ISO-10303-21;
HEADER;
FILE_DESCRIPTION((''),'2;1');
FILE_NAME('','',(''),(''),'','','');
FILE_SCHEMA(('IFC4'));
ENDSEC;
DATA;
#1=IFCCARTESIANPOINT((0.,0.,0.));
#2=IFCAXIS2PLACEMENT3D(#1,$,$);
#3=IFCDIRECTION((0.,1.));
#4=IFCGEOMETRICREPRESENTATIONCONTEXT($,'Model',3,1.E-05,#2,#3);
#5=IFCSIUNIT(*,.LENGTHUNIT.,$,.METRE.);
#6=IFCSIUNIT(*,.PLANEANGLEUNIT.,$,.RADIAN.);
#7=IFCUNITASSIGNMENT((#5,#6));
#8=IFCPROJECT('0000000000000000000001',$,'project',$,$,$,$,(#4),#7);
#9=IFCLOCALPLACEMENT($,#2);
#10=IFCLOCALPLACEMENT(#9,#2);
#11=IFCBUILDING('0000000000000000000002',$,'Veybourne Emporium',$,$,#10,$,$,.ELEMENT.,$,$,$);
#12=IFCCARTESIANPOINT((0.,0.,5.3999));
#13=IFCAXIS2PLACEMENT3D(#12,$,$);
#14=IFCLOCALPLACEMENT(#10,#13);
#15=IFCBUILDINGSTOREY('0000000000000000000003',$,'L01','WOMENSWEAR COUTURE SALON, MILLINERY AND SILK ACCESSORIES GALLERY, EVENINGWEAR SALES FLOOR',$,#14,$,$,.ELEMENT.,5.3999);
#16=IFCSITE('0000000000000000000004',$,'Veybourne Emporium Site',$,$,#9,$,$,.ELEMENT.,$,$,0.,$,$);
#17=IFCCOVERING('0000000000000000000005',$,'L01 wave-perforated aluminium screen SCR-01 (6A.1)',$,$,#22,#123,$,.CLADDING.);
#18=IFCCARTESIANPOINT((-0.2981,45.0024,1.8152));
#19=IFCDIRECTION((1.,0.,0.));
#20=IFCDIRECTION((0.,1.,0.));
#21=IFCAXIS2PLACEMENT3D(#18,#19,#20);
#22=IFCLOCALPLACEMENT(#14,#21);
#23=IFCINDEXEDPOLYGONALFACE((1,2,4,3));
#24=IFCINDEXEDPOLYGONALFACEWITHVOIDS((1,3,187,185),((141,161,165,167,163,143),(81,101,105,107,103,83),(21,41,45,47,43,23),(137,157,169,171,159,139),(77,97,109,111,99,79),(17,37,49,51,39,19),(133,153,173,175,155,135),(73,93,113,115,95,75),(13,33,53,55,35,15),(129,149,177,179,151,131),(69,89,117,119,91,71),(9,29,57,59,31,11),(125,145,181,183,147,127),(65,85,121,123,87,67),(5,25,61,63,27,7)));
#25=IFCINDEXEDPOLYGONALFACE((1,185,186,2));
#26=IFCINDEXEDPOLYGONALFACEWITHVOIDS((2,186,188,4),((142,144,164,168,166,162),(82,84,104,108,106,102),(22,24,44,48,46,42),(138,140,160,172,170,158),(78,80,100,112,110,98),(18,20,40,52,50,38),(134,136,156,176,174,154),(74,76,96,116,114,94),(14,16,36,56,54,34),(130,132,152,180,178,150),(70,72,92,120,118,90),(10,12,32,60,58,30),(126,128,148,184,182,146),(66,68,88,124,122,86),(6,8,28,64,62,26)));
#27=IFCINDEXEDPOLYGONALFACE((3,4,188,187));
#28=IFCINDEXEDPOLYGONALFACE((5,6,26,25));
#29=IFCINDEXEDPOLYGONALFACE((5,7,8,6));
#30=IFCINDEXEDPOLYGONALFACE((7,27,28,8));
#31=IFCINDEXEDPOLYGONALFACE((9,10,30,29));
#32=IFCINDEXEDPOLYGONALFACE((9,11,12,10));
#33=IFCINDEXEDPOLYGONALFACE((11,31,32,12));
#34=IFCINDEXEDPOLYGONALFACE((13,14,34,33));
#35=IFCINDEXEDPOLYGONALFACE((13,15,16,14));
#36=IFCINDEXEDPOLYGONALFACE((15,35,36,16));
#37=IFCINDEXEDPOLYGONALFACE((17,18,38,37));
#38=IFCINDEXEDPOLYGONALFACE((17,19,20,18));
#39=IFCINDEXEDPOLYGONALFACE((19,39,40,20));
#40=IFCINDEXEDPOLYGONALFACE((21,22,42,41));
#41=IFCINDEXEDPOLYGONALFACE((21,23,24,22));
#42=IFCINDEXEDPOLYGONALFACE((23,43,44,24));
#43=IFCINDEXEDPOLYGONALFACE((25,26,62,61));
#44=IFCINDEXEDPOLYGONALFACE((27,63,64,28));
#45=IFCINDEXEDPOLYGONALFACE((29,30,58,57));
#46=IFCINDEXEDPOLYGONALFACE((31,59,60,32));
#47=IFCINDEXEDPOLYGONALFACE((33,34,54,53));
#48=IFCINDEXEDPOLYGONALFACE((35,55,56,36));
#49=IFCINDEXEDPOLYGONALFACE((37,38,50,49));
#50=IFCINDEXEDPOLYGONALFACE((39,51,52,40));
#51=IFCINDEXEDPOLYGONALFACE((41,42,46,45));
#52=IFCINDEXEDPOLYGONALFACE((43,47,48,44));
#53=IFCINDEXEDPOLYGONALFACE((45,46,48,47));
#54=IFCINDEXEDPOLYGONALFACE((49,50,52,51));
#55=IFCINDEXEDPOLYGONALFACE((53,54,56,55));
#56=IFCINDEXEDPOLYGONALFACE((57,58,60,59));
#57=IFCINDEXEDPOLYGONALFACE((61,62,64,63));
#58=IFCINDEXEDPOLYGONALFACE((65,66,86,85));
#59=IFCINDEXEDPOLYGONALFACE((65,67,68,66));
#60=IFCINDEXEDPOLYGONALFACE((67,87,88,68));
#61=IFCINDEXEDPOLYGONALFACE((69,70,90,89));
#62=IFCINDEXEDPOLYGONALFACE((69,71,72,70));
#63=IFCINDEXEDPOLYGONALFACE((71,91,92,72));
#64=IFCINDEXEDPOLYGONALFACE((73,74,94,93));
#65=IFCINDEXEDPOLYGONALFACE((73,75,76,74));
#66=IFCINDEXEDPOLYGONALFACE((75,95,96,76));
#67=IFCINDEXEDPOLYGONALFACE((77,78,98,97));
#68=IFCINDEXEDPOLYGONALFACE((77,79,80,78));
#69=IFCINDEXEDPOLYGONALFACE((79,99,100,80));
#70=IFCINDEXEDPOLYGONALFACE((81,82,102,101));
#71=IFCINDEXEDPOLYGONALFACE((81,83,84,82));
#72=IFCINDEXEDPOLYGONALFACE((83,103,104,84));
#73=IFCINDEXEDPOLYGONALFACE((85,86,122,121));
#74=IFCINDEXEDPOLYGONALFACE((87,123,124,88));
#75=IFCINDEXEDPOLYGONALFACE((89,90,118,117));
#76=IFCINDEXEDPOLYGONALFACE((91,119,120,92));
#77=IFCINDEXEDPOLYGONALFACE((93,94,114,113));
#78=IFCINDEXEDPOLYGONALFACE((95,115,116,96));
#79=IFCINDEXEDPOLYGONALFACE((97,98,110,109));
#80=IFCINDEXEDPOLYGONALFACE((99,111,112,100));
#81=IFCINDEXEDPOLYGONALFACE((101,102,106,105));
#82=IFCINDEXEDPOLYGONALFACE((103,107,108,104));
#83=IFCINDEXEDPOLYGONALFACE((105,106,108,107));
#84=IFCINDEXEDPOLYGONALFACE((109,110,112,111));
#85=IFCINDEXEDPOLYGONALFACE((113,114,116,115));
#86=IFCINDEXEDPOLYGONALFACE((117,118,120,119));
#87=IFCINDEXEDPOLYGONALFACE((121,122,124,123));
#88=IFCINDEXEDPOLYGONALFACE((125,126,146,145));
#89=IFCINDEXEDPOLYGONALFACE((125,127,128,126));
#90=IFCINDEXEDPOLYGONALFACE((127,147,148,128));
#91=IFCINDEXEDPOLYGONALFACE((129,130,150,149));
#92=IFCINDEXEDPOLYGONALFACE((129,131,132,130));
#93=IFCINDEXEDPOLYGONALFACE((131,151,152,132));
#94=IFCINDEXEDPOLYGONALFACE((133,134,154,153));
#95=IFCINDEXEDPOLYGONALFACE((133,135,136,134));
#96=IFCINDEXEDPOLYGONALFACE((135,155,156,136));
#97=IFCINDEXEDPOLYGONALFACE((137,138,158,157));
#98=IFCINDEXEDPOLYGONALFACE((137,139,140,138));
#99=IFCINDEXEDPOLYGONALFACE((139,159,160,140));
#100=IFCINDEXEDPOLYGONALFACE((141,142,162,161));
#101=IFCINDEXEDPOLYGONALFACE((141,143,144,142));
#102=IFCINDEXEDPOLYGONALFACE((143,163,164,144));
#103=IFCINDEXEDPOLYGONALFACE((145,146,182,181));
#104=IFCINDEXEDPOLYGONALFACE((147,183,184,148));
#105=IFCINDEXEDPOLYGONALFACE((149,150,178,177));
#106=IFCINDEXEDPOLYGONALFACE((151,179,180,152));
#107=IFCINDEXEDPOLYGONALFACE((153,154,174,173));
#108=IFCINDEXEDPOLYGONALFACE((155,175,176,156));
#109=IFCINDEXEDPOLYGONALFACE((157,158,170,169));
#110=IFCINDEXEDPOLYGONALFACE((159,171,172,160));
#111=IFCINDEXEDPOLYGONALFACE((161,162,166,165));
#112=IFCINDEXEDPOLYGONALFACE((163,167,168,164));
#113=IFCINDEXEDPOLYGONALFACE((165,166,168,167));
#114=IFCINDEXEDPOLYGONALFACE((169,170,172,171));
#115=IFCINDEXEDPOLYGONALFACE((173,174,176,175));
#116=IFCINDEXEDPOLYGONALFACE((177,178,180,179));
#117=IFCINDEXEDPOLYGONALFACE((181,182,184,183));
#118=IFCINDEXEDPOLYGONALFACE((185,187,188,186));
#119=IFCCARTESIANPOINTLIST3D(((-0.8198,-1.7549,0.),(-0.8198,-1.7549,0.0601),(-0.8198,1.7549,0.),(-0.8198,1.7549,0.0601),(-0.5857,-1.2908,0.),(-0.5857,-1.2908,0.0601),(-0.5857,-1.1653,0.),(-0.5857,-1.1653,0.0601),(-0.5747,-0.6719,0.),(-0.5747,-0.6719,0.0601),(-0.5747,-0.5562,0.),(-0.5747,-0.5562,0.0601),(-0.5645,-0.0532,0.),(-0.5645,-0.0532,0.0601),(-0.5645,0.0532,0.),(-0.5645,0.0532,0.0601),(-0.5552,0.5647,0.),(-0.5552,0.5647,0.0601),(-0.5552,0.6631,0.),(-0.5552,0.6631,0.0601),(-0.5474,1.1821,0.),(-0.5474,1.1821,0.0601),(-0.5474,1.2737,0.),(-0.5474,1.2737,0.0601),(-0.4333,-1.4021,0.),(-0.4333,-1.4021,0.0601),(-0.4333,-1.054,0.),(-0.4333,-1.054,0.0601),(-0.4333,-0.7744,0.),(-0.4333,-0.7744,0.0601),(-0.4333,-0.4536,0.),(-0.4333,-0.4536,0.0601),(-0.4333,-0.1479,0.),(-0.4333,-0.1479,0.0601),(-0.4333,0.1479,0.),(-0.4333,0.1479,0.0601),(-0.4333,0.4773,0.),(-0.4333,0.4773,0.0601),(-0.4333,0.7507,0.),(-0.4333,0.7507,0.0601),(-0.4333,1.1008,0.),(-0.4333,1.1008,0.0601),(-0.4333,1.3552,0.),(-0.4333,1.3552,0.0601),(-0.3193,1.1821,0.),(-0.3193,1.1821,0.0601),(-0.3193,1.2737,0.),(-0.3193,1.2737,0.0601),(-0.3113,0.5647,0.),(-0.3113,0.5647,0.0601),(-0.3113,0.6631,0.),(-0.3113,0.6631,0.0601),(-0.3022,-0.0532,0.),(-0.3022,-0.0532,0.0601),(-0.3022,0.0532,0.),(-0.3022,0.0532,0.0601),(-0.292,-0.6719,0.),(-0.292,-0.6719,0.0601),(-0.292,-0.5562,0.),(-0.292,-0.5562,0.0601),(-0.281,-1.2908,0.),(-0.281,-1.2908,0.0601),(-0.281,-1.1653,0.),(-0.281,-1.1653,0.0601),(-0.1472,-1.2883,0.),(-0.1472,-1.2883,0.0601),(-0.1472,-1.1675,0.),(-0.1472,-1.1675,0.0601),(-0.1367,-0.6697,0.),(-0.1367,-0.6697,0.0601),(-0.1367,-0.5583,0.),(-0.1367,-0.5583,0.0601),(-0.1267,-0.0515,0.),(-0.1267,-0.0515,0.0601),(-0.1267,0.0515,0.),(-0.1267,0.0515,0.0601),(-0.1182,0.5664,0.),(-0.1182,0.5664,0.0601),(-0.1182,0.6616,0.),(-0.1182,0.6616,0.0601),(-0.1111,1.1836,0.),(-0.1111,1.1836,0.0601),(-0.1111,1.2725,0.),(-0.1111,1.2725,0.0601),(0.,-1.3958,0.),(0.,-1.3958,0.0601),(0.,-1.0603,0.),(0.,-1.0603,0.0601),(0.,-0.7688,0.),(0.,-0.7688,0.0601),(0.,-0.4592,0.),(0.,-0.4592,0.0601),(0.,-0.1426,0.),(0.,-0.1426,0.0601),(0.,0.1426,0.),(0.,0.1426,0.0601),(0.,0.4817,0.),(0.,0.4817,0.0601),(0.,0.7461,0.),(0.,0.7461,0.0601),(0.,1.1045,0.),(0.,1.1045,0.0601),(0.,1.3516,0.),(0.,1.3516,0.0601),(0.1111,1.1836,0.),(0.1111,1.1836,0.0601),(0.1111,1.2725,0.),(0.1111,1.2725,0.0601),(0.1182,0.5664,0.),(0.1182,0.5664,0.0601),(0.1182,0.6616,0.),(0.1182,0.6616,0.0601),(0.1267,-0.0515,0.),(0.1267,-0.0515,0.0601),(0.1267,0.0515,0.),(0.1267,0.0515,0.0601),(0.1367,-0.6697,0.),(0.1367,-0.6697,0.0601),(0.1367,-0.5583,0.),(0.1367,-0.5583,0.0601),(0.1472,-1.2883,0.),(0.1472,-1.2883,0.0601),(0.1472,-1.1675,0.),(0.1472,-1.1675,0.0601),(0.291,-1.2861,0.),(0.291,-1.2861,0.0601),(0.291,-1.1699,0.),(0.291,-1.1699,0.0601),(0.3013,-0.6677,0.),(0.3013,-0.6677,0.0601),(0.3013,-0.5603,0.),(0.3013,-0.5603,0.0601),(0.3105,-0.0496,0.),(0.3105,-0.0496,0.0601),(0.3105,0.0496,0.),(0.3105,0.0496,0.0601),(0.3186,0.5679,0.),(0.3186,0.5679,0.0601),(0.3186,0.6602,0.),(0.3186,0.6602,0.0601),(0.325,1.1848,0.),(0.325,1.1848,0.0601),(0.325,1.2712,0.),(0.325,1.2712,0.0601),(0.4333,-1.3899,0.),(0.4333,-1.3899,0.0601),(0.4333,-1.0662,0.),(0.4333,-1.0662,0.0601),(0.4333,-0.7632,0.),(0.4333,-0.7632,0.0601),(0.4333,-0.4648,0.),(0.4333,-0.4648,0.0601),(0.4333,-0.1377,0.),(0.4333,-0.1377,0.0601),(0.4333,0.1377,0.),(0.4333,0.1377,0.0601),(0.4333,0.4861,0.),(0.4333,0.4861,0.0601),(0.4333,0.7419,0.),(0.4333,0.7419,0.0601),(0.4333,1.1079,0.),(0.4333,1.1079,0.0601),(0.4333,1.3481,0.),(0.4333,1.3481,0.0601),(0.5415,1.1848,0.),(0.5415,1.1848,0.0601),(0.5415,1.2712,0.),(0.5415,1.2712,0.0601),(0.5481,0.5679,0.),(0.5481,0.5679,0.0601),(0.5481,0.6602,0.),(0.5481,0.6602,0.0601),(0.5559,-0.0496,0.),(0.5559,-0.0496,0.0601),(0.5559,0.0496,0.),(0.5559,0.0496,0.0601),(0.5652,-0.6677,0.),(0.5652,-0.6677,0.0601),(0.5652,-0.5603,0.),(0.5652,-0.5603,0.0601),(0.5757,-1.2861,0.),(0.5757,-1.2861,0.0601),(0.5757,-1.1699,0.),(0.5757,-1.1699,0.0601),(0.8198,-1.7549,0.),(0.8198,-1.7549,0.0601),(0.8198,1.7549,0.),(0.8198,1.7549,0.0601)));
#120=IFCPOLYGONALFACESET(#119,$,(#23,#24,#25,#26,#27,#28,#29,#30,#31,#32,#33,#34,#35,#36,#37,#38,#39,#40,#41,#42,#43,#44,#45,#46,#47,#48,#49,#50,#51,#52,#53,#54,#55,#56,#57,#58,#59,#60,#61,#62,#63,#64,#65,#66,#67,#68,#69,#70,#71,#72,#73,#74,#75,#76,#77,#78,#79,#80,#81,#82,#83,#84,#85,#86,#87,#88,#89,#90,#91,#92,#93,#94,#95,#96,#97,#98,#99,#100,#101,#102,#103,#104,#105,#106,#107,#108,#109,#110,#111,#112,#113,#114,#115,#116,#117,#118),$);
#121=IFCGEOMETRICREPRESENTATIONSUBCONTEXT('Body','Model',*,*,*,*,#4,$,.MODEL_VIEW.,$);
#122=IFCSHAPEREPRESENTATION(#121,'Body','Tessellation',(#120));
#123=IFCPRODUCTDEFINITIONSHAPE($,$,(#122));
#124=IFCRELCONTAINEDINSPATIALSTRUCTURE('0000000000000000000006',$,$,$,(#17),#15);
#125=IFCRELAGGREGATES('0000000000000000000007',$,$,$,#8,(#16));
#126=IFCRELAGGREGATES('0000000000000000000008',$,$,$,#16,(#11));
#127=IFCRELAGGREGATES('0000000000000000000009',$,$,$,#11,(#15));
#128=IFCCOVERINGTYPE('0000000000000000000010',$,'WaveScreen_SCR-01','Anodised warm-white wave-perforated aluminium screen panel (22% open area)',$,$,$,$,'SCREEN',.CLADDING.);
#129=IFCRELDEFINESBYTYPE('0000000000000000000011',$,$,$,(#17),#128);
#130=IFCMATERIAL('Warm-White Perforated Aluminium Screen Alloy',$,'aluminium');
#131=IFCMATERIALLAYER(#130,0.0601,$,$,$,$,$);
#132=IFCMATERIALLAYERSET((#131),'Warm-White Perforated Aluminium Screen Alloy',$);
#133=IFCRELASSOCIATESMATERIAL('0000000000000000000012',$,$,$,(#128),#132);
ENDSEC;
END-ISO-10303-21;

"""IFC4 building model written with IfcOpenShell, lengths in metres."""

from ifc_helpers import new_model, si_unit, direction, frame, origin, place, context, subcontext, project, spatial, polyline, outline, extrude, material, layer, layer_set, type_object, element, save


model = new_model("IFC4")

# Units and contexts
model_context = context("Model", 3, precision=1e-05, world=origin(), true_north=direction((0.0, 1.0)))
body_context = subcontext(model_context, "Body", "Model", "MODEL_VIEW")
ifc_project = project(units=[si_unit("LENGTHUNIT", "METRE"), si_unit("PLANEANGLEUNIT", "RADIAN")], contexts=[model_context])

# Site, building, storey
site_placement = place(None, origin())
site = spatial("IfcSite", under=ifc_project, at=site_placement, Name="Veybourne Emporium Site", CompositionType="ELEMENT", RefElevation=0.0)
building_placement = place(site_placement, origin())
building = spatial("IfcBuilding", under=site, at=building_placement, Name="Veybourne Emporium", CompositionType="ELEMENT")
storey_placement = place(building_placement, frame((0.0, 0.0, 5.3999)))
storey = spatial("IfcBuildingStorey", under=building, at=storey_placement, Name="L01", Description="WOMENSWEAR COUTURE SALON, MILLINERY AND SILK ACCESSORIES GALLERY, EVENINGWEAR SALES FLOOR", CompositionType="ELEMENT", Elevation=5.3999)

# Covering
ifc_material_1 = material(Name="Warm-White Perforated Aluminium Screen Alloy", Category="aluminium")
ifc_layer_1 = layer(ifc_material_1, 0.0601)
ifc_layer_set_1 = layer_set([ifc_layer_1], Name="Warm-White Perforated Aluminium Screen Alloy")
covering_type_1 = type_object("IfcCoveringType", Name="WaveScreen_SCR-01", Description="Anodised warm-white wave-perforated aluminium screen panel (22% open area)", ElementType="SCREEN", PredefinedType="CLADDING", material=ifc_layer_set_1)
covering_1_placement = place(storey_placement, frame((-0.2981, 45.0024, 1.8152), z_axis=(1.0, 0.0, 0.0), x_axis=(0.0, 1.0, 0.0)))
element("IfcCovering", 1, at=covering_1_placement, inside=storey, type_object=covering_type_1, Name="L01 wave-perforated aluminium screen SCR-01 (6A.1)", PredefinedType="CLADDING", context=body_context, shape_type="SweptSolid", body=[
    extrude(outline(polyline([(-0.8198, -1.7549), (0.8198, -1.7549), (0.8198, 1.7549), (-0.8198, 1.7549), (-0.8198, -1.7549)]), holes=[polyline([(-0.4333, -1.054), (-0.281, -1.1653), (-0.281, -1.2908), (-0.4333, -1.4021), (-0.5857, -1.2908), (-0.5857, -1.1653), (-0.4333, -1.054)]), polyline([(-0.4333, -0.4536), (-0.292, -0.5562), (-0.292, -0.6719), (-0.4333, -0.7744), (-0.5747, -0.6719), (-0.5747, -0.5562), (-0.4333, -0.4536)]), polyline([(-0.4333, 0.1479), (-0.3022, 0.0532), (-0.3022, -0.0532), (-0.4333, -0.1479), (-0.5645, -0.0532), (-0.5645, 0.0532), (-0.4333, 0.1479)]), polyline([(-0.4333, 0.7507), (-0.3113, 0.6631), (-0.3113, 0.5647), (-0.4333, 0.4773), (-0.5552, 0.5647), (-0.5552, 0.6631), (-0.4333, 0.7507)]), polyline([(-0.4333, 1.3552), (-0.3193, 1.2737), (-0.3193, 1.1821), (-0.4333, 1.1008), (-0.5474, 1.1821), (-0.5474, 1.2737), (-0.4333, 1.3552)]), polyline([(0.0, -1.0603), (0.1472, -1.1675), (0.1472, -1.2883), (0.0, -1.3958), (-0.1472, -1.2883), (-0.1472, -1.1675), (0.0, -1.0603)]), polyline([(0.0, -0.4592), (0.1367, -0.5583), (0.1367, -0.6697), (0.0, -0.7688), (-0.1367, -0.6697), (-0.1367, -0.5583), (0.0, -0.4592)]), polyline([(0.0, 0.1426), (0.1267, 0.0515), (0.1267, -0.0515), (0.0, -0.1426), (-0.1267, -0.0515), (-0.1267, 0.0515), (0.0, 0.1426)]), polyline([(0.0, 0.7461), (0.1182, 0.6616), (0.1182, 0.5664), (0.0, 0.4817), (-0.1182, 0.5664), (-0.1182, 0.6616), (0.0, 0.7461)]), polyline([(0.0, 1.3516), (0.1111, 1.2725), (0.1111, 1.1836), (0.0, 1.1045), (-0.1111, 1.1836), (-0.1111, 1.2725), (0.0, 1.3516)]), polyline([(0.4333, -1.0662), (0.5757, -1.1699), (0.5757, -1.2861), (0.4333, -1.3899), (0.291, -1.2861), (0.291, -1.1699), (0.4333, -1.0662)]), polyline([(0.4333, -0.4648), (0.5652, -0.5603), (0.5652, -0.6677), (0.4333, -0.7632), (0.3013, -0.6677), (0.3013, -0.5603), (0.4333, -0.4648)]), polyline([(0.4333, 0.1377), (0.5559, 0.0496), (0.5559, -0.0496), (0.4333, -0.1377), (0.3105, -0.0496), (0.3105, 0.0496), (0.4333, 0.1377)]), polyline([(0.4333, 0.7419), (0.5481, 0.6602), (0.5481, 0.5679), (0.4333, 0.4861), (0.3186, 0.5679), (0.3186, 0.6602), (0.4333, 0.7419)]), polyline([(0.4333, 1.3481), (0.5415, 1.2712), (0.5415, 1.1848), (0.4333, 1.1079), (0.325, 1.1848), (0.325, 1.2712), (0.4333, 1.3481)])]), origin(), (0.0, 0.0, 1.0), 0.0601),
])

save(model, "model.ifc")
